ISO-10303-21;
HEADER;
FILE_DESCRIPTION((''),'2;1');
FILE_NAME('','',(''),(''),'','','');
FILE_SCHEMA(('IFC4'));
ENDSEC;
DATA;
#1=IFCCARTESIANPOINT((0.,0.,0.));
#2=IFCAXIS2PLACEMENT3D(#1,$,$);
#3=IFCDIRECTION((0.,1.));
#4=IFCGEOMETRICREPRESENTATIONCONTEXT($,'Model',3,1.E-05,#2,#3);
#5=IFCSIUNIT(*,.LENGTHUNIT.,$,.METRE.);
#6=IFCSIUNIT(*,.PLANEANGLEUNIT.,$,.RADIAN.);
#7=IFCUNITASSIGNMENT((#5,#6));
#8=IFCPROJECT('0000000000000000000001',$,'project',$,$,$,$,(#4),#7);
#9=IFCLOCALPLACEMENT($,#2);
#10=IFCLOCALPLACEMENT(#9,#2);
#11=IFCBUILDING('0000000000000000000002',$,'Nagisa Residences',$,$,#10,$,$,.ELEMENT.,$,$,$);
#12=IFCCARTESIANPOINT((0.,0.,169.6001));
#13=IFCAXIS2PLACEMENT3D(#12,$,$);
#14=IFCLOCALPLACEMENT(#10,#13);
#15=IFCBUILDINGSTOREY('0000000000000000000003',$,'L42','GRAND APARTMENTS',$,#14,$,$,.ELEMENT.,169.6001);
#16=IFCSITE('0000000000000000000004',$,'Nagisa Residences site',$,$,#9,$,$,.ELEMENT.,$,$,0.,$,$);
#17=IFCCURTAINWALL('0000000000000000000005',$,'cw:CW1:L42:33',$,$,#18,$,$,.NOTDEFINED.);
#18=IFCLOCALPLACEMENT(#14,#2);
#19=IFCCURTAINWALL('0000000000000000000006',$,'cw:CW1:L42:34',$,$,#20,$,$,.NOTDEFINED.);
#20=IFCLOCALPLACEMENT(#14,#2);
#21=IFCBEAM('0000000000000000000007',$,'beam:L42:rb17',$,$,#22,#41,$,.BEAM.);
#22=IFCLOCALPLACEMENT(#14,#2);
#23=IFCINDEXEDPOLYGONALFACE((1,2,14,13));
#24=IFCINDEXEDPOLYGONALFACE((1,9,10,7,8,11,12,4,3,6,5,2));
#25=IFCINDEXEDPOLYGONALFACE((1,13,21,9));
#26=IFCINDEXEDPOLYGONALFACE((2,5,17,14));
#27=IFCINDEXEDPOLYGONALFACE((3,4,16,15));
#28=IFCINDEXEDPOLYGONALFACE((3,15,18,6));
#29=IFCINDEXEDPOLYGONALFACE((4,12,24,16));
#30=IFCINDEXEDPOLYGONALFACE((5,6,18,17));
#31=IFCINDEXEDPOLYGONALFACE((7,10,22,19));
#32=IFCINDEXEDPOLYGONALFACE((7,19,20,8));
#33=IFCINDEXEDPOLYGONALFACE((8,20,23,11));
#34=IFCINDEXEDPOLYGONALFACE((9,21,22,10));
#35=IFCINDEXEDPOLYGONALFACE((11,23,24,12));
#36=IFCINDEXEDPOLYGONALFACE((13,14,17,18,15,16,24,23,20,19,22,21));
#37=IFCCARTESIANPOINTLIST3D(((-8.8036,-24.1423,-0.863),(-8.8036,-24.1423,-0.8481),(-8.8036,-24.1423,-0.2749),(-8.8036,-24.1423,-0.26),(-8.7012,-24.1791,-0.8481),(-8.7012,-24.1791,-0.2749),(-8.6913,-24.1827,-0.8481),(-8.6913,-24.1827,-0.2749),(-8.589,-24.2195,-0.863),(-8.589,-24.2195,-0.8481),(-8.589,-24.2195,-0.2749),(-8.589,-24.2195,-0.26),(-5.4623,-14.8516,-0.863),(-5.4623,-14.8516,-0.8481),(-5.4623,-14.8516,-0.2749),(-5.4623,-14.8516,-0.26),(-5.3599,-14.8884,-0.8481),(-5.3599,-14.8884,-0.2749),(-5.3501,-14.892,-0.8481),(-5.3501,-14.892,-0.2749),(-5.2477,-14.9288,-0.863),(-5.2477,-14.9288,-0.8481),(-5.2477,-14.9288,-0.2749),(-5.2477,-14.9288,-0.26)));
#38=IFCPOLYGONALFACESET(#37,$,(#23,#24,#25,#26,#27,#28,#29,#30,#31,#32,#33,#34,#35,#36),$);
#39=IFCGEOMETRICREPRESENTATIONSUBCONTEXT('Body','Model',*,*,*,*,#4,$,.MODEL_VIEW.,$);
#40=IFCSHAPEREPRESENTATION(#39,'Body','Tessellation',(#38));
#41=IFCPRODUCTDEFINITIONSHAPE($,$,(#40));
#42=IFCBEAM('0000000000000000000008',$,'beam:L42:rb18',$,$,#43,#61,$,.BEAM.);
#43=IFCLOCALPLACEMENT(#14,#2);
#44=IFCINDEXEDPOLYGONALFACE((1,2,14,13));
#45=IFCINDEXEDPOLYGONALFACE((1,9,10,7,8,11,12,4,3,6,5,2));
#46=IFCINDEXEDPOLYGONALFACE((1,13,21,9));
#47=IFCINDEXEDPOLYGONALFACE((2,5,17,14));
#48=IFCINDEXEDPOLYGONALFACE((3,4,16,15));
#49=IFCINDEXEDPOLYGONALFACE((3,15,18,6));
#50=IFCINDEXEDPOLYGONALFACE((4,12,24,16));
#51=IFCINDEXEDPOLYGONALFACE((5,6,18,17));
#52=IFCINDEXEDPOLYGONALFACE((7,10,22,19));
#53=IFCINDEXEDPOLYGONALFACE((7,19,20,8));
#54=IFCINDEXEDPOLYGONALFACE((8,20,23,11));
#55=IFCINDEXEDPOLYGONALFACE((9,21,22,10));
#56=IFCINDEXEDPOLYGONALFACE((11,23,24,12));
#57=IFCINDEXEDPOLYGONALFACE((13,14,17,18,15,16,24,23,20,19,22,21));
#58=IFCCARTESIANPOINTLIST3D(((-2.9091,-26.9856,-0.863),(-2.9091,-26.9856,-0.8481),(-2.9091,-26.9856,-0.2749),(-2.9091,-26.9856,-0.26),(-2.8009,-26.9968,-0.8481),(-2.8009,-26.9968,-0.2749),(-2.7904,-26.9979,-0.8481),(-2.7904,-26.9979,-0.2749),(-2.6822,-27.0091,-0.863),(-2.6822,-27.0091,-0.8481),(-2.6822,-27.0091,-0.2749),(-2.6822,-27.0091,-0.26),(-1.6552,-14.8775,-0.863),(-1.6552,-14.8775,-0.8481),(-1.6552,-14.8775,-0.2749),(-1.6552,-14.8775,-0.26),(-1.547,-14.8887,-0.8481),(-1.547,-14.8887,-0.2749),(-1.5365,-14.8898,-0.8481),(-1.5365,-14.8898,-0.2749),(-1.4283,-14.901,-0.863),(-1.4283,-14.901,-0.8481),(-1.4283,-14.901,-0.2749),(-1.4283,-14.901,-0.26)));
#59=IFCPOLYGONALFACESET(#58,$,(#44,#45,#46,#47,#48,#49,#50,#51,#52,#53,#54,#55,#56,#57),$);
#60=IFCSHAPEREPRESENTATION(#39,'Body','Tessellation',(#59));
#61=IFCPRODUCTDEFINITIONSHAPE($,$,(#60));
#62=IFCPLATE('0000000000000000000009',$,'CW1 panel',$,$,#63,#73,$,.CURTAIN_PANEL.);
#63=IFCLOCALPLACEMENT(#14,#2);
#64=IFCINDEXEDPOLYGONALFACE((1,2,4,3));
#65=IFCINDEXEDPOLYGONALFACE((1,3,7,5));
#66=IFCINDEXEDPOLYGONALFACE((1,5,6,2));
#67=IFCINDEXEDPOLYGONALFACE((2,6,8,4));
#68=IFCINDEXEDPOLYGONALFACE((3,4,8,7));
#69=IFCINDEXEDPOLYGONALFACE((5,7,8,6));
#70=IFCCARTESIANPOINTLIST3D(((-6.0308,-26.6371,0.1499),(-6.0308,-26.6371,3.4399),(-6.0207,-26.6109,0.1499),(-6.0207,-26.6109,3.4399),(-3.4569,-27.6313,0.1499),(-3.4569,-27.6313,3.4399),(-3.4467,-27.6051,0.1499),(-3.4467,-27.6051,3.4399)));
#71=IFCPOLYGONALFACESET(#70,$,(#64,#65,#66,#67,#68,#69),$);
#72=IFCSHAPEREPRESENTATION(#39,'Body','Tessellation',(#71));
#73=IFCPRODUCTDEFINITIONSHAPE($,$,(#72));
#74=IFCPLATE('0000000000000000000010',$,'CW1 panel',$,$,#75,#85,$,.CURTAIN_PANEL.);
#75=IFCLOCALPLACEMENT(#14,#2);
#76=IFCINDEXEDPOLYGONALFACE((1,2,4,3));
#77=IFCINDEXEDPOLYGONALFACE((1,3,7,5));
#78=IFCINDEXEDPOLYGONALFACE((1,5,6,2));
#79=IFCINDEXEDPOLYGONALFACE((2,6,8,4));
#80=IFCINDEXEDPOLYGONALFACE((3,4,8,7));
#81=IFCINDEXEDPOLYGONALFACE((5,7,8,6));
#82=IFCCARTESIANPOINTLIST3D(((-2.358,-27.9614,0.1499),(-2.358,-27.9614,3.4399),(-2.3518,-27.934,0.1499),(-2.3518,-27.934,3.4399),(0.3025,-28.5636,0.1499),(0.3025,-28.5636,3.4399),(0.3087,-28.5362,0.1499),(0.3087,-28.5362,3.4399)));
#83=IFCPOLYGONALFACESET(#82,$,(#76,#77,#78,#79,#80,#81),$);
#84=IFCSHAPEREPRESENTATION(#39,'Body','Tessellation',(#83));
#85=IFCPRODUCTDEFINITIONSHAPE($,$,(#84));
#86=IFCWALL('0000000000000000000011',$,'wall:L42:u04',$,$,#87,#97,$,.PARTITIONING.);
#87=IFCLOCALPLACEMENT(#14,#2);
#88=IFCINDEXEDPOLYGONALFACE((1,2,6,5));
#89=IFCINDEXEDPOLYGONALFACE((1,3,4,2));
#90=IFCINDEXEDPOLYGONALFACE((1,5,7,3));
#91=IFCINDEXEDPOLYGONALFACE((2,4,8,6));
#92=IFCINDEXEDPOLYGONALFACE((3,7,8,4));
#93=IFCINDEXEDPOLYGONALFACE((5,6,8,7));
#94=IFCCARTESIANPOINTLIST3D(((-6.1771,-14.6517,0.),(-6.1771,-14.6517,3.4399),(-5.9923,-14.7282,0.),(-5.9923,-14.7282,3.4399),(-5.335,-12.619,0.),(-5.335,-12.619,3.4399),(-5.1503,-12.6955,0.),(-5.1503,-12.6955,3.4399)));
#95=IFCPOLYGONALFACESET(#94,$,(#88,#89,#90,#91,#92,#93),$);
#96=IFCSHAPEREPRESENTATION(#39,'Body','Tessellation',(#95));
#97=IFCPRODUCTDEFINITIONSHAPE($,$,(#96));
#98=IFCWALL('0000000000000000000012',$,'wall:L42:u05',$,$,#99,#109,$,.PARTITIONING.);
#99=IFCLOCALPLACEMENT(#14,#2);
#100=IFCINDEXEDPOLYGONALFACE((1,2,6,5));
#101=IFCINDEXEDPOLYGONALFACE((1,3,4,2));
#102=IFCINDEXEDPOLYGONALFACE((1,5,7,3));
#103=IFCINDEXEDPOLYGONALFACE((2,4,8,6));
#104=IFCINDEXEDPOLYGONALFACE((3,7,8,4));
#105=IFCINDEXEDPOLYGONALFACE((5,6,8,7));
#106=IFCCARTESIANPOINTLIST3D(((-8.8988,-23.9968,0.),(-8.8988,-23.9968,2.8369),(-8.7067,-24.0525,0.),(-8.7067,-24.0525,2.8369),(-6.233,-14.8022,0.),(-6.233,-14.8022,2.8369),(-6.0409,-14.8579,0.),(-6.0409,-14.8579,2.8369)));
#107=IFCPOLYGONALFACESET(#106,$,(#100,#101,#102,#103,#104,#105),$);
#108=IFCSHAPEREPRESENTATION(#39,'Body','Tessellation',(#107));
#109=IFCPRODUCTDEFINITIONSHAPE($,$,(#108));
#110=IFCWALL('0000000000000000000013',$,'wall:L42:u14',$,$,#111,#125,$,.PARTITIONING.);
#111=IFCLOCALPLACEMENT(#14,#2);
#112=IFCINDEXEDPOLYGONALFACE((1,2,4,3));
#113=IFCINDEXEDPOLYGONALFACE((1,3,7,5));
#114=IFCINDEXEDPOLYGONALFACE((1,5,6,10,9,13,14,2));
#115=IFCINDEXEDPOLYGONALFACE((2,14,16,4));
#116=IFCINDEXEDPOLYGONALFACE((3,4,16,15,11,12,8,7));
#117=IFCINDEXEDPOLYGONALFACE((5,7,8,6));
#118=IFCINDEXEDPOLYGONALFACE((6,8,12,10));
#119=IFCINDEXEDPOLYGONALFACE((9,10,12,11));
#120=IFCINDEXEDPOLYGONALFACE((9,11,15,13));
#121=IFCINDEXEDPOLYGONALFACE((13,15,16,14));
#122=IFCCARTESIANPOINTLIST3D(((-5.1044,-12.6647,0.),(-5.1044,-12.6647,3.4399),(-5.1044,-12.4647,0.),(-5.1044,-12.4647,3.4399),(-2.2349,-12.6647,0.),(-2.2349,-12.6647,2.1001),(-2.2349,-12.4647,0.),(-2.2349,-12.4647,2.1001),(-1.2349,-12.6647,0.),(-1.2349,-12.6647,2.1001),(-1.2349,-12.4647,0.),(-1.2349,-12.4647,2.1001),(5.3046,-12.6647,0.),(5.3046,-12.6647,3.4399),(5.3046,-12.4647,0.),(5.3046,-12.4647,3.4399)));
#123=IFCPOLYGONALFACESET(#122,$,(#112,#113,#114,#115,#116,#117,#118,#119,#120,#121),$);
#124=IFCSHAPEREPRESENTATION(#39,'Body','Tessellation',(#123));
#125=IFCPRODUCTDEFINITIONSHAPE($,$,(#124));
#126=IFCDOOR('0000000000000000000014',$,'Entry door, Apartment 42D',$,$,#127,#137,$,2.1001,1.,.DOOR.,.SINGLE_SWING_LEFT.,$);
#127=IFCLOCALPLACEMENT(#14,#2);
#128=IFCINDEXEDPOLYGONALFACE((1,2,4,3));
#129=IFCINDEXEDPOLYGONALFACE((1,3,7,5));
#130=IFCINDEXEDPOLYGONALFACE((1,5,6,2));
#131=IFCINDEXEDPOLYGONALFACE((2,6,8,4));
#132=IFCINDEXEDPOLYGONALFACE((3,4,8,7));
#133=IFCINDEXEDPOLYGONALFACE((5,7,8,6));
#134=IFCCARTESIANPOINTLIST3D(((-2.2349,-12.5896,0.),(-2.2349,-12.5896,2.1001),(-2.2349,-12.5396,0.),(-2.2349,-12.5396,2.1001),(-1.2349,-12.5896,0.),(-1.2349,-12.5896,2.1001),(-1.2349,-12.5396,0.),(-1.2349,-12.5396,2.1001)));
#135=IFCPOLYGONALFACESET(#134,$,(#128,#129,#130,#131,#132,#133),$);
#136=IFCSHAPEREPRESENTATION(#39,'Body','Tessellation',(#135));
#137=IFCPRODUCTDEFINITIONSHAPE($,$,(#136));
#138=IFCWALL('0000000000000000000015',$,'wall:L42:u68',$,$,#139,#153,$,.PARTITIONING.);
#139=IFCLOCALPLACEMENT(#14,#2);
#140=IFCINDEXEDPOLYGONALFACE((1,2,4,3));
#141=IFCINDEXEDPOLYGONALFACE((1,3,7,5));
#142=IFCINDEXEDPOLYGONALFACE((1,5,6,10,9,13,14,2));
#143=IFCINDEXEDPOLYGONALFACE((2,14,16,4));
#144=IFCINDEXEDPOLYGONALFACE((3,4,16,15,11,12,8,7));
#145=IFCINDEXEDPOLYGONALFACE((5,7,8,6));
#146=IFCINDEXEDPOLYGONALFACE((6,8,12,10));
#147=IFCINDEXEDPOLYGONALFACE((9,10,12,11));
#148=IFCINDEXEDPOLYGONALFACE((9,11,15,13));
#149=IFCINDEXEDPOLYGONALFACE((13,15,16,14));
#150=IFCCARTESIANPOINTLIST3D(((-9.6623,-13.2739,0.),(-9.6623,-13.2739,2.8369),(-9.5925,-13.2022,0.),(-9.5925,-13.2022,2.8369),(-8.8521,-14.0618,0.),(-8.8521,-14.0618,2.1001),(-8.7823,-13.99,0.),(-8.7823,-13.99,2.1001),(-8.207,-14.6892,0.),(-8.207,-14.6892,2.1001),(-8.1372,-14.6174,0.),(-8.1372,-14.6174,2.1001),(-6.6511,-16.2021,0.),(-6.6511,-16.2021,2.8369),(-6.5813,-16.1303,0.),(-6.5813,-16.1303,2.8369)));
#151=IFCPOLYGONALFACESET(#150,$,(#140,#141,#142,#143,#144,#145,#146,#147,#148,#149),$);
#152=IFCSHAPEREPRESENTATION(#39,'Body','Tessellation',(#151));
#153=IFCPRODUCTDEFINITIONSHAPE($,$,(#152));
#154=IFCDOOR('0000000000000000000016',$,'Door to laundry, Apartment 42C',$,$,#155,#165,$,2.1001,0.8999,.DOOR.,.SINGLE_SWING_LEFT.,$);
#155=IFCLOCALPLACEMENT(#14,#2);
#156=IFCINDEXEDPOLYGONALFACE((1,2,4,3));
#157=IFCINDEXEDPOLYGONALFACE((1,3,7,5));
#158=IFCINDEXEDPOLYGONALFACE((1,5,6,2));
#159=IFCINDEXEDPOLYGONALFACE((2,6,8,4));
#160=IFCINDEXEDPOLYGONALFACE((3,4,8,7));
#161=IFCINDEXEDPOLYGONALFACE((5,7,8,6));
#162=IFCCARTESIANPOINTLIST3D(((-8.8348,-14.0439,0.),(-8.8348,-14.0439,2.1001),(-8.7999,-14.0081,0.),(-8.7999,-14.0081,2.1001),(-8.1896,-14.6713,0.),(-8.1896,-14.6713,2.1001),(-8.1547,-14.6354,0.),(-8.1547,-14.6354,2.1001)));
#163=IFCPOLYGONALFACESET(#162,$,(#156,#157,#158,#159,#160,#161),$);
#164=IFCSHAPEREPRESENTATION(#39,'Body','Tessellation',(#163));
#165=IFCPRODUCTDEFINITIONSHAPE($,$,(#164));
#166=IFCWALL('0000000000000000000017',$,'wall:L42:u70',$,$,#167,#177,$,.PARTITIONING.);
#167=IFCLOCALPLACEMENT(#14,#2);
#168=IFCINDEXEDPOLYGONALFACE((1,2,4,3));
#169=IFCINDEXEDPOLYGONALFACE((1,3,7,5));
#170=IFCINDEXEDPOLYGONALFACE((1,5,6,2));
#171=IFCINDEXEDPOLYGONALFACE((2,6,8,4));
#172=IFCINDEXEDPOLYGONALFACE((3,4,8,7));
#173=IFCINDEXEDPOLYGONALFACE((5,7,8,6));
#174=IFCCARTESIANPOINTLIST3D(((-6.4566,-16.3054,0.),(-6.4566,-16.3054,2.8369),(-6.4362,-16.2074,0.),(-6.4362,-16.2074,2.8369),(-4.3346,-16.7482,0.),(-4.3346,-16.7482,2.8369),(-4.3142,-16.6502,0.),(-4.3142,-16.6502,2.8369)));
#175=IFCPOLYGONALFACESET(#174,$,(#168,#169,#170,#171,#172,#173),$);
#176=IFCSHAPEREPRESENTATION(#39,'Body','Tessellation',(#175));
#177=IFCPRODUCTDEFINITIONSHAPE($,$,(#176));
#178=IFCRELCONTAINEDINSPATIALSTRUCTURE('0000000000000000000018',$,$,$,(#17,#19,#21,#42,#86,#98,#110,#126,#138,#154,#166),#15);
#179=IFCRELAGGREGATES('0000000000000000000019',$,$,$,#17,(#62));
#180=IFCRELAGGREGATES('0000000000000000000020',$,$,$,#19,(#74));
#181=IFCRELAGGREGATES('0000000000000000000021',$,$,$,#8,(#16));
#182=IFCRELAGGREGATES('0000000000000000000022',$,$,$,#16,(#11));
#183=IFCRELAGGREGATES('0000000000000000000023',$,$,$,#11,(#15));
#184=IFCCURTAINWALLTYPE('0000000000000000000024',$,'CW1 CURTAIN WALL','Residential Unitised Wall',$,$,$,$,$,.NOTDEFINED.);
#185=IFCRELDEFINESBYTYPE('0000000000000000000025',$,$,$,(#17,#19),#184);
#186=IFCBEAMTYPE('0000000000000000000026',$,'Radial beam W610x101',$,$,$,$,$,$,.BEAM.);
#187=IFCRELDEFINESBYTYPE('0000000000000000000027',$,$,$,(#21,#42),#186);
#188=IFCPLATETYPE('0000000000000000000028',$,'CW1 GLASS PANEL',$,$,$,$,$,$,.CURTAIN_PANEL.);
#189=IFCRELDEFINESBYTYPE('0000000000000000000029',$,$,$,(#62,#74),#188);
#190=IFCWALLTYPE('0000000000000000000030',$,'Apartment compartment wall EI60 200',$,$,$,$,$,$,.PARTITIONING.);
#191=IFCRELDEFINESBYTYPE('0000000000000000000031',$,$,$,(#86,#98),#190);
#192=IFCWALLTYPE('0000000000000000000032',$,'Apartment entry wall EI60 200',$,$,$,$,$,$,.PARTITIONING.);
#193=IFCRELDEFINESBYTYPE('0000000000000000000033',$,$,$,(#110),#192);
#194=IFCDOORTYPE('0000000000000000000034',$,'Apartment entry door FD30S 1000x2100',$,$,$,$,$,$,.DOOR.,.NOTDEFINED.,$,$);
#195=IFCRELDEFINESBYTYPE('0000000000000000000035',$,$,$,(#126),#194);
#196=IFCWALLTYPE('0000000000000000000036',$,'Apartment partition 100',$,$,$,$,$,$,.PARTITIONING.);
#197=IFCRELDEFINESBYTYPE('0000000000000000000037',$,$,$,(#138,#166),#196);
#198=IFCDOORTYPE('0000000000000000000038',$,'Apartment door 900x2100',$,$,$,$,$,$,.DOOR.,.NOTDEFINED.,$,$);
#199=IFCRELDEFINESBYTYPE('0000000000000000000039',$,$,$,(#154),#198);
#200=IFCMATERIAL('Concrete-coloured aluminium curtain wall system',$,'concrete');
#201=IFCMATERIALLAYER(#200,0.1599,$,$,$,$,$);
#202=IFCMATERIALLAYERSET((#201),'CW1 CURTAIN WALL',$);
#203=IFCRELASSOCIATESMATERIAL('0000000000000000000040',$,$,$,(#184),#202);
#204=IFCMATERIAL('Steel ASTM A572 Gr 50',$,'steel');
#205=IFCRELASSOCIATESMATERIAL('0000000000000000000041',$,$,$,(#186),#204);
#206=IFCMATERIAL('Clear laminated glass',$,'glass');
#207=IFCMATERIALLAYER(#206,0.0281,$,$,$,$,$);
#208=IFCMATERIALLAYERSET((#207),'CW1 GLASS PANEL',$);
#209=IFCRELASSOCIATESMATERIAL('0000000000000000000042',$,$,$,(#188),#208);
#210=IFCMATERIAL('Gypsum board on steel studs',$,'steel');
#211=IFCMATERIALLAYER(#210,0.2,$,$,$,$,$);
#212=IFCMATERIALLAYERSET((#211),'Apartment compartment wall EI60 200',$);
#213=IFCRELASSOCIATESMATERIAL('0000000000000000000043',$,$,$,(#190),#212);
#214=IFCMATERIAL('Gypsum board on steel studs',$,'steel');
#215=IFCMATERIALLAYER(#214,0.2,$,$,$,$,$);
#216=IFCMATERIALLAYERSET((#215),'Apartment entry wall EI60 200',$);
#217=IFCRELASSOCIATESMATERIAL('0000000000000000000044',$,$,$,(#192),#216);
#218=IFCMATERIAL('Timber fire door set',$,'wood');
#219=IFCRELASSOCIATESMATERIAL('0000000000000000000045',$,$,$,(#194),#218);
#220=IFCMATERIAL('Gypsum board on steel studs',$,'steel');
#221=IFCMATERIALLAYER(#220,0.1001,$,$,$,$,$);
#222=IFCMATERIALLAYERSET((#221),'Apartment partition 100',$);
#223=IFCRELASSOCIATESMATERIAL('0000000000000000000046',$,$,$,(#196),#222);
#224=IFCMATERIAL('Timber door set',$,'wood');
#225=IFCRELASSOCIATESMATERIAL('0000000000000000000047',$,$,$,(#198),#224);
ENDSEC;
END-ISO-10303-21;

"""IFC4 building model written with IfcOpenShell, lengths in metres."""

from ifc_helpers import new_model, si_unit, direction, frame, frame_2d, origin, origin_2d, place, context, subcontext, project, spatial, rectangle, i_section, extrude, material, layer, layer_set, material_profile, profile_set, type_object, element, fill, aggregate, save


model = new_model("IFC4")

# Units and contexts
model_context = context("Model", 3, precision=1e-05, world=origin(), true_north=direction((0.0, 1.0)))
body_context = subcontext(model_context, "Body", "Model", "MODEL_VIEW")
ifc_project = project(units=[si_unit("LENGTHUNIT", "METRE"), si_unit("PLANEANGLEUNIT", "RADIAN")], contexts=[model_context])

# Site, building, storey
site_placement = place(None, origin())
site = spatial("IfcSite", under=ifc_project, at=site_placement, Name="Nagisa Residences site", CompositionType="ELEMENT", RefElevation=0.0)
building_placement = place(site_placement, origin())
building = spatial("IfcBuilding", under=site, at=building_placement, Name="Nagisa Residences", CompositionType="ELEMENT")
storey_placement = place(building_placement, frame((0.0, 0.0, 169.6001)))
storey = spatial("IfcBuildingStorey", under=building, at=storey_placement, Name="L42", Description="GRAND APARTMENTS", CompositionType="ELEMENT", Elevation=169.6001)

# Curtain walls
ifc_material_1 = material(Name="Concrete-coloured aluminium curtain wall system", Category="concrete")
ifc_layer_1 = layer(ifc_material_1, 0.1599)
ifc_layer_set_1 = layer_set([ifc_layer_1], Name="CW1 CURTAIN WALL")
curtain_wall_type = type_object("IfcCurtainWallType", Name="CW1 CURTAIN WALL", Description="Residential Unitised Wall", PredefinedType="NOTDEFINED", material=ifc_layer_set_1)
curtain_wall_1_placement = place(storey_placement, origin())
curtain_wall_1 = element("IfcCurtainWall", 1, at=curtain_wall_1_placement, inside=storey, type_object=curtain_wall_type, Name="cw:CW1:L42:33", PredefinedType="NOTDEFINED")
curtain_wall_2_placement = place(storey_placement, origin())
curtain_wall_2 = element("IfcCurtainWall", 2, at=curtain_wall_2_placement, inside=storey, type_object=curtain_wall_type, Name="cw:CW1:L42:34", PredefinedType="NOTDEFINED")

# Beams
ifc_material_2 = material(Name="Steel ASTM A572 Gr 50", Category="steel")
ifc_material_profile_1 = material_profile(ifc_material_2, i_section(OverallWidth=0.228, OverallDepth=0.603, WebThickness=0.0105, FlangeThickness=0.0149, at=origin_2d()), Name="W610x101")
ifc_profile_set_1 = profile_set([ifc_material_profile_1], Name="Steel ASTM A572 Gr 50")
beam_type_1 = type_object("IfcBeamType", Name="Radial beam W610x101", PredefinedType="BEAM", material=ifc_profile_set_1)
beam_1_placement = place(storey_placement, frame((-8.6963, -24.1809, -0.5615), z_axis=(0.338417, 0.940996, 0.0), x_axis=(-0.940996, 0.338417, 0.0)))
element("IfcBeam", 3, at=beam_1_placement, inside=storey, type_object=beam_type_1, Name="beam:L42:rb17", PredefinedType="BEAM", context=body_context, shape_type="SweptSolid", body=[
    extrude(i_section(OverallWidth=0.228, OverallDepth=0.603, WebThickness=0.0105, FlangeThickness=0.0149, at=origin_2d()), origin(), (0.0, 0.0, 1.0), 9.8733),
])
beam_2_placement = place(storey_placement, frame((-2.7957, -26.9973, -0.5615), z_axis=(0.103008, 0.994681, 0.0), x_axis=(-0.994681, 0.103008, 0.0)))
element("IfcBeam", 4, at=beam_2_placement, inside=storey, type_object=beam_type_1, Name="beam:L42:rb18", PredefinedType="BEAM", context=body_context, shape_type="SweptSolid", body=[
    extrude(i_section(OverallWidth=0.228, OverallDepth=0.603, WebThickness=0.0105, FlangeThickness=0.0149, at=origin_2d()), origin(), (0.0, 0.0, 1.0), 12.1729),
])

# Plates
ifc_material_3 = material(Name="Clear laminated glass", Category="glass")
ifc_layer_2 = layer(ifc_material_3, 0.0281)
ifc_layer_set_2 = layer_set([ifc_layer_2], Name="CW1 GLASS PANEL")
plate_type = type_object("IfcPlateType", Name="CW1 GLASS PANEL", PredefinedType="CURTAIN_PANEL", material=ifc_layer_set_2)
plate_1_placement = place(storey_placement, frame((-4.7388, -27.1211, 0.1499), z_axis=(0.0, 0.0, 1.0), x_axis=(0.932826, -0.360328, 0.0)))
plate_1 = element("IfcPlate", 5, at=plate_1_placement, type_object=plate_type, Name="CW1 panel", PredefinedType="CURTAIN_PANEL", context=body_context, shape_type="SweptSolid", body=[
    extrude(rectangle(XDim=2.7593, YDim=0.0281, at=origin_2d()), origin(), (0.0, 0.0, 1.0), 3.29),
])
aggregate(curtain_wall_1, [plate_1])
plate_2_placement = place(storey_placement, frame((-1.0247, -28.2488, 0.1499), z_axis=(0.0, 0.0, 1.0), x_axis=(0.975327, -0.220764, 0.0)))
plate_2 = element("IfcPlate", 6, at=plate_2_placement, type_object=plate_type, Name="CW1 panel", PredefinedType="CURTAIN_PANEL", context=body_context, shape_type="SweptSolid", body=[
    extrude(rectangle(XDim=2.7278, YDim=0.0281, at=origin_2d()), origin(), (0.0, 0.0, 1.0), 3.29),
])
aggregate(curtain_wall_2, [plate_2])

# Walls
ifc_material_4 = material(Name="Gypsum board on steel studs", Category="steel")
ifc_layer_3 = layer(ifc_material_4, 0.2)
ifc_layer_set_3 = layer_set([ifc_layer_3], Name="Apartment compartment wall EI60 200")
wall_type_1 = type_object("IfcWallType", Name="Apartment compartment wall EI60 200", PredefinedType="PARTITIONING", material=ifc_layer_set_3)
wall_1_placement = place(storey_placement, frame((-5.2427, -12.6572, 0.0), z_axis=(0.0, 0.0, 1.0), x_axis=(-0.382708, -0.923869, 0.0)))
element("IfcWall", 7, at=wall_1_placement, inside=storey, type_object=wall_type_1, Name="wall:L42:u04", PredefinedType="PARTITIONING", context=body_context, shape_type="SweptSolid", body=[
    extrude(rectangle(XDim=2.2002, YDim=0.2, at=frame_2d((1.1001, 0.0))), origin(), (0.0, 0.0, 1.0), 3.4399),
])
wall_2_placement = place(storey_placement, frame((-6.137, -14.8301, 0.0), z_axis=(0.0, 0.0, 1.0), x_axis=(-0.278461, -0.960447, 0.0)))
element("IfcWall", 8, at=wall_2_placement, inside=storey, type_object=wall_type_1, Name="wall:L42:u05", PredefinedType="PARTITIONING", context=body_context, shape_type="SweptSolid", body=[
    extrude(rectangle(XDim=9.5732, YDim=0.2, at=frame_2d((4.7866, 0.0))), origin(), (0.0, 0.0, 1.0), 2.8369),
])

# Walls, openings, doors
ifc_material_5 = material(Name="Gypsum board on steel studs", Category="steel")
ifc_layer_4 = layer(ifc_material_5, 0.2)
ifc_layer_set_4 = layer_set([ifc_layer_4], Name="Apartment entry wall EI60 200")
wall_type_2 = type_object("IfcWallType", Name="Apartment entry wall EI60 200", PredefinedType="PARTITIONING", material=ifc_layer_set_4)
wall_3_placement = place(storey_placement, frame((-5.1045, -12.5647, 0.0), z_axis=(0.0, 0.0, 1.0), x_axis=(1.0, 0.0, 0.0)))
wall_3 = element("IfcWall", 9, at=wall_3_placement, inside=storey, type_object=wall_type_2, Name="wall:L42:u14", PredefinedType="PARTITIONING", context=body_context, shape_type="SweptSolid", body=[
    extrude(rectangle(XDim=10.4089, YDim=0.2, at=frame_2d((5.2046, 0.0))), origin(), (0.0, 0.0, 1.0), 3.4399),
])
opening_1_placement = place(wall_3_placement, frame((2.8696, 0.0, 0.0)))
opening_1 = element("IfcOpeningElement", 10, at=opening_1_placement, cuts=wall_3, PredefinedType="OPENING", context=body_context, shape_type="SweptSolid", body=[
    extrude(rectangle(XDim=1.0, YDim=2.1001, at=frame_2d((0.5, 1.05))), frame((0.0, 0.1099, 0.0), z_axis=(0.0, -1.0, 0.0), x_axis=(1.0, 0.0, 0.0)), (0.0, 0.0, 1.0), 0.22),
])
ifc_material_6 = material(Name="Timber fire door set", Category="wood")
door_type_1 = type_object("IfcDoorType", Name="Apartment entry door FD30S 1000x2100", OperationType="NOTDEFINED", PredefinedType="DOOR", material=ifc_material_6)
door_1_placement = place(opening_1_placement, frame((1.0, 0.0, 0.0), x_axis=(-1.0, 0.0, 0.0)))
door_1 = element("IfcDoor", 11, at=door_1_placement, inside=storey, type_object=door_type_1, Name="Entry door, Apartment 42D", OperationType="SINGLE_SWING_LEFT", OverallHeight=2.1001, OverallWidth=1.0, PredefinedType="DOOR", context=body_context, shape_type="SweptSolid", body=[
    extrude(rectangle(XDim=1.0, YDim=2.1001, at=frame_2d((0.5, 1.05))), frame((0.0, 0.0249, 0.0), z_axis=(0.0, -1.0, 0.0), x_axis=(1.0, 0.0, 0.0)), (0.0, 0.0, 1.0), 0.05),
])
fill(opening_1, door_1)
ifc_material_7 = material(Name="Gypsum board on steel studs", Category="steel")
ifc_layer_5 = layer(ifc_material_7, 0.1001)
ifc_layer_set_5 = layer_set([ifc_layer_5], Name="Apartment partition 100")
wall_type_3 = type_object("IfcWallType", Name="Apartment partition 100", PredefinedType="PARTITIONING", material=ifc_layer_set_5)
wall_4_placement = place(storey_placement, frame((-9.6274, -13.238, 0.0), z_axis=(0.0, 0.0, 1.0), x_axis=(0.716919, -0.697156, 0.0)))
wall_4 = element("IfcWall", 12, at=wall_4_placement, inside=storey, type_object=wall_type_3, Name="wall:L42:u68", PredefinedType="PARTITIONING", context=body_context, shape_type="SweptSolid", body=[
    extrude(rectangle(XDim=4.2002, YDim=0.1001, at=frame_2d((2.1001, 0.0))), origin(), (0.0, 0.0, 1.0), 2.8369),
])
opening_2_placement = place(wall_4_placement, frame((1.1301, 0.0, 0.0)))
opening_2 = element("IfcOpeningElement", 13, at=opening_2_placement, cuts=wall_4, PredefinedType="OPENING", context=body_context, shape_type="SweptSolid", body=[
    extrude(rectangle(XDim=0.8999, YDim=2.1001, at=frame_2d((0.45, 1.05))), frame((0.0, 0.0601, 0.0), z_axis=(0.0, -1.0, 0.0), x_axis=(1.0, 0.0, 0.0)), (0.0, 0.0, 1.0), 0.1201),
])
ifc_material_8 = material(Name="Timber door set", Category="wood")
door_type_2 = type_object("IfcDoorType", Name="Apartment door 900x2100", OperationType="NOTDEFINED", PredefinedType="DOOR", material=ifc_material_8)
door_2_placement = place(opening_2_placement, origin())
door_2 = element("IfcDoor", 14, at=door_2_placement, inside=storey, type_object=door_type_2, Name="Door to laundry, Apartment 42C", OperationType="SINGLE_SWING_LEFT", OverallHeight=2.1001, OverallWidth=0.8999, PredefinedType="DOOR", context=body_context, shape_type="SweptSolid", body=[
    extrude(rectangle(XDim=0.8999, YDim=2.1001, at=frame_2d((0.45, 1.05))), frame((0.0, 0.0249, 0.0), z_axis=(0.0, -1.0, 0.0), x_axis=(1.0, 0.0, 0.0)), (0.0, 0.0, 1.0), 0.05),
])
fill(opening_2, door_2)

# Wall
wall_5_placement = place(storey_placement, frame((-6.4465, -16.2563, 0.0), z_axis=(0.0, 0.0, 1.0), x_axis=(0.978909, -0.204296, 0.0)))
element("IfcWall", 15, at=wall_5_placement, inside=storey, type_object=wall_type_3, Name="wall:L42:u70", PredefinedType="PARTITIONING", context=body_context, shape_type="SweptSolid", body=[
    extrude(rectangle(XDim=2.1677, YDim=0.1001, at=frame_2d((1.084, 0.0))), origin(), (0.0, 0.0, 1.0), 2.8369),
])

save(model, "model.ifc")
